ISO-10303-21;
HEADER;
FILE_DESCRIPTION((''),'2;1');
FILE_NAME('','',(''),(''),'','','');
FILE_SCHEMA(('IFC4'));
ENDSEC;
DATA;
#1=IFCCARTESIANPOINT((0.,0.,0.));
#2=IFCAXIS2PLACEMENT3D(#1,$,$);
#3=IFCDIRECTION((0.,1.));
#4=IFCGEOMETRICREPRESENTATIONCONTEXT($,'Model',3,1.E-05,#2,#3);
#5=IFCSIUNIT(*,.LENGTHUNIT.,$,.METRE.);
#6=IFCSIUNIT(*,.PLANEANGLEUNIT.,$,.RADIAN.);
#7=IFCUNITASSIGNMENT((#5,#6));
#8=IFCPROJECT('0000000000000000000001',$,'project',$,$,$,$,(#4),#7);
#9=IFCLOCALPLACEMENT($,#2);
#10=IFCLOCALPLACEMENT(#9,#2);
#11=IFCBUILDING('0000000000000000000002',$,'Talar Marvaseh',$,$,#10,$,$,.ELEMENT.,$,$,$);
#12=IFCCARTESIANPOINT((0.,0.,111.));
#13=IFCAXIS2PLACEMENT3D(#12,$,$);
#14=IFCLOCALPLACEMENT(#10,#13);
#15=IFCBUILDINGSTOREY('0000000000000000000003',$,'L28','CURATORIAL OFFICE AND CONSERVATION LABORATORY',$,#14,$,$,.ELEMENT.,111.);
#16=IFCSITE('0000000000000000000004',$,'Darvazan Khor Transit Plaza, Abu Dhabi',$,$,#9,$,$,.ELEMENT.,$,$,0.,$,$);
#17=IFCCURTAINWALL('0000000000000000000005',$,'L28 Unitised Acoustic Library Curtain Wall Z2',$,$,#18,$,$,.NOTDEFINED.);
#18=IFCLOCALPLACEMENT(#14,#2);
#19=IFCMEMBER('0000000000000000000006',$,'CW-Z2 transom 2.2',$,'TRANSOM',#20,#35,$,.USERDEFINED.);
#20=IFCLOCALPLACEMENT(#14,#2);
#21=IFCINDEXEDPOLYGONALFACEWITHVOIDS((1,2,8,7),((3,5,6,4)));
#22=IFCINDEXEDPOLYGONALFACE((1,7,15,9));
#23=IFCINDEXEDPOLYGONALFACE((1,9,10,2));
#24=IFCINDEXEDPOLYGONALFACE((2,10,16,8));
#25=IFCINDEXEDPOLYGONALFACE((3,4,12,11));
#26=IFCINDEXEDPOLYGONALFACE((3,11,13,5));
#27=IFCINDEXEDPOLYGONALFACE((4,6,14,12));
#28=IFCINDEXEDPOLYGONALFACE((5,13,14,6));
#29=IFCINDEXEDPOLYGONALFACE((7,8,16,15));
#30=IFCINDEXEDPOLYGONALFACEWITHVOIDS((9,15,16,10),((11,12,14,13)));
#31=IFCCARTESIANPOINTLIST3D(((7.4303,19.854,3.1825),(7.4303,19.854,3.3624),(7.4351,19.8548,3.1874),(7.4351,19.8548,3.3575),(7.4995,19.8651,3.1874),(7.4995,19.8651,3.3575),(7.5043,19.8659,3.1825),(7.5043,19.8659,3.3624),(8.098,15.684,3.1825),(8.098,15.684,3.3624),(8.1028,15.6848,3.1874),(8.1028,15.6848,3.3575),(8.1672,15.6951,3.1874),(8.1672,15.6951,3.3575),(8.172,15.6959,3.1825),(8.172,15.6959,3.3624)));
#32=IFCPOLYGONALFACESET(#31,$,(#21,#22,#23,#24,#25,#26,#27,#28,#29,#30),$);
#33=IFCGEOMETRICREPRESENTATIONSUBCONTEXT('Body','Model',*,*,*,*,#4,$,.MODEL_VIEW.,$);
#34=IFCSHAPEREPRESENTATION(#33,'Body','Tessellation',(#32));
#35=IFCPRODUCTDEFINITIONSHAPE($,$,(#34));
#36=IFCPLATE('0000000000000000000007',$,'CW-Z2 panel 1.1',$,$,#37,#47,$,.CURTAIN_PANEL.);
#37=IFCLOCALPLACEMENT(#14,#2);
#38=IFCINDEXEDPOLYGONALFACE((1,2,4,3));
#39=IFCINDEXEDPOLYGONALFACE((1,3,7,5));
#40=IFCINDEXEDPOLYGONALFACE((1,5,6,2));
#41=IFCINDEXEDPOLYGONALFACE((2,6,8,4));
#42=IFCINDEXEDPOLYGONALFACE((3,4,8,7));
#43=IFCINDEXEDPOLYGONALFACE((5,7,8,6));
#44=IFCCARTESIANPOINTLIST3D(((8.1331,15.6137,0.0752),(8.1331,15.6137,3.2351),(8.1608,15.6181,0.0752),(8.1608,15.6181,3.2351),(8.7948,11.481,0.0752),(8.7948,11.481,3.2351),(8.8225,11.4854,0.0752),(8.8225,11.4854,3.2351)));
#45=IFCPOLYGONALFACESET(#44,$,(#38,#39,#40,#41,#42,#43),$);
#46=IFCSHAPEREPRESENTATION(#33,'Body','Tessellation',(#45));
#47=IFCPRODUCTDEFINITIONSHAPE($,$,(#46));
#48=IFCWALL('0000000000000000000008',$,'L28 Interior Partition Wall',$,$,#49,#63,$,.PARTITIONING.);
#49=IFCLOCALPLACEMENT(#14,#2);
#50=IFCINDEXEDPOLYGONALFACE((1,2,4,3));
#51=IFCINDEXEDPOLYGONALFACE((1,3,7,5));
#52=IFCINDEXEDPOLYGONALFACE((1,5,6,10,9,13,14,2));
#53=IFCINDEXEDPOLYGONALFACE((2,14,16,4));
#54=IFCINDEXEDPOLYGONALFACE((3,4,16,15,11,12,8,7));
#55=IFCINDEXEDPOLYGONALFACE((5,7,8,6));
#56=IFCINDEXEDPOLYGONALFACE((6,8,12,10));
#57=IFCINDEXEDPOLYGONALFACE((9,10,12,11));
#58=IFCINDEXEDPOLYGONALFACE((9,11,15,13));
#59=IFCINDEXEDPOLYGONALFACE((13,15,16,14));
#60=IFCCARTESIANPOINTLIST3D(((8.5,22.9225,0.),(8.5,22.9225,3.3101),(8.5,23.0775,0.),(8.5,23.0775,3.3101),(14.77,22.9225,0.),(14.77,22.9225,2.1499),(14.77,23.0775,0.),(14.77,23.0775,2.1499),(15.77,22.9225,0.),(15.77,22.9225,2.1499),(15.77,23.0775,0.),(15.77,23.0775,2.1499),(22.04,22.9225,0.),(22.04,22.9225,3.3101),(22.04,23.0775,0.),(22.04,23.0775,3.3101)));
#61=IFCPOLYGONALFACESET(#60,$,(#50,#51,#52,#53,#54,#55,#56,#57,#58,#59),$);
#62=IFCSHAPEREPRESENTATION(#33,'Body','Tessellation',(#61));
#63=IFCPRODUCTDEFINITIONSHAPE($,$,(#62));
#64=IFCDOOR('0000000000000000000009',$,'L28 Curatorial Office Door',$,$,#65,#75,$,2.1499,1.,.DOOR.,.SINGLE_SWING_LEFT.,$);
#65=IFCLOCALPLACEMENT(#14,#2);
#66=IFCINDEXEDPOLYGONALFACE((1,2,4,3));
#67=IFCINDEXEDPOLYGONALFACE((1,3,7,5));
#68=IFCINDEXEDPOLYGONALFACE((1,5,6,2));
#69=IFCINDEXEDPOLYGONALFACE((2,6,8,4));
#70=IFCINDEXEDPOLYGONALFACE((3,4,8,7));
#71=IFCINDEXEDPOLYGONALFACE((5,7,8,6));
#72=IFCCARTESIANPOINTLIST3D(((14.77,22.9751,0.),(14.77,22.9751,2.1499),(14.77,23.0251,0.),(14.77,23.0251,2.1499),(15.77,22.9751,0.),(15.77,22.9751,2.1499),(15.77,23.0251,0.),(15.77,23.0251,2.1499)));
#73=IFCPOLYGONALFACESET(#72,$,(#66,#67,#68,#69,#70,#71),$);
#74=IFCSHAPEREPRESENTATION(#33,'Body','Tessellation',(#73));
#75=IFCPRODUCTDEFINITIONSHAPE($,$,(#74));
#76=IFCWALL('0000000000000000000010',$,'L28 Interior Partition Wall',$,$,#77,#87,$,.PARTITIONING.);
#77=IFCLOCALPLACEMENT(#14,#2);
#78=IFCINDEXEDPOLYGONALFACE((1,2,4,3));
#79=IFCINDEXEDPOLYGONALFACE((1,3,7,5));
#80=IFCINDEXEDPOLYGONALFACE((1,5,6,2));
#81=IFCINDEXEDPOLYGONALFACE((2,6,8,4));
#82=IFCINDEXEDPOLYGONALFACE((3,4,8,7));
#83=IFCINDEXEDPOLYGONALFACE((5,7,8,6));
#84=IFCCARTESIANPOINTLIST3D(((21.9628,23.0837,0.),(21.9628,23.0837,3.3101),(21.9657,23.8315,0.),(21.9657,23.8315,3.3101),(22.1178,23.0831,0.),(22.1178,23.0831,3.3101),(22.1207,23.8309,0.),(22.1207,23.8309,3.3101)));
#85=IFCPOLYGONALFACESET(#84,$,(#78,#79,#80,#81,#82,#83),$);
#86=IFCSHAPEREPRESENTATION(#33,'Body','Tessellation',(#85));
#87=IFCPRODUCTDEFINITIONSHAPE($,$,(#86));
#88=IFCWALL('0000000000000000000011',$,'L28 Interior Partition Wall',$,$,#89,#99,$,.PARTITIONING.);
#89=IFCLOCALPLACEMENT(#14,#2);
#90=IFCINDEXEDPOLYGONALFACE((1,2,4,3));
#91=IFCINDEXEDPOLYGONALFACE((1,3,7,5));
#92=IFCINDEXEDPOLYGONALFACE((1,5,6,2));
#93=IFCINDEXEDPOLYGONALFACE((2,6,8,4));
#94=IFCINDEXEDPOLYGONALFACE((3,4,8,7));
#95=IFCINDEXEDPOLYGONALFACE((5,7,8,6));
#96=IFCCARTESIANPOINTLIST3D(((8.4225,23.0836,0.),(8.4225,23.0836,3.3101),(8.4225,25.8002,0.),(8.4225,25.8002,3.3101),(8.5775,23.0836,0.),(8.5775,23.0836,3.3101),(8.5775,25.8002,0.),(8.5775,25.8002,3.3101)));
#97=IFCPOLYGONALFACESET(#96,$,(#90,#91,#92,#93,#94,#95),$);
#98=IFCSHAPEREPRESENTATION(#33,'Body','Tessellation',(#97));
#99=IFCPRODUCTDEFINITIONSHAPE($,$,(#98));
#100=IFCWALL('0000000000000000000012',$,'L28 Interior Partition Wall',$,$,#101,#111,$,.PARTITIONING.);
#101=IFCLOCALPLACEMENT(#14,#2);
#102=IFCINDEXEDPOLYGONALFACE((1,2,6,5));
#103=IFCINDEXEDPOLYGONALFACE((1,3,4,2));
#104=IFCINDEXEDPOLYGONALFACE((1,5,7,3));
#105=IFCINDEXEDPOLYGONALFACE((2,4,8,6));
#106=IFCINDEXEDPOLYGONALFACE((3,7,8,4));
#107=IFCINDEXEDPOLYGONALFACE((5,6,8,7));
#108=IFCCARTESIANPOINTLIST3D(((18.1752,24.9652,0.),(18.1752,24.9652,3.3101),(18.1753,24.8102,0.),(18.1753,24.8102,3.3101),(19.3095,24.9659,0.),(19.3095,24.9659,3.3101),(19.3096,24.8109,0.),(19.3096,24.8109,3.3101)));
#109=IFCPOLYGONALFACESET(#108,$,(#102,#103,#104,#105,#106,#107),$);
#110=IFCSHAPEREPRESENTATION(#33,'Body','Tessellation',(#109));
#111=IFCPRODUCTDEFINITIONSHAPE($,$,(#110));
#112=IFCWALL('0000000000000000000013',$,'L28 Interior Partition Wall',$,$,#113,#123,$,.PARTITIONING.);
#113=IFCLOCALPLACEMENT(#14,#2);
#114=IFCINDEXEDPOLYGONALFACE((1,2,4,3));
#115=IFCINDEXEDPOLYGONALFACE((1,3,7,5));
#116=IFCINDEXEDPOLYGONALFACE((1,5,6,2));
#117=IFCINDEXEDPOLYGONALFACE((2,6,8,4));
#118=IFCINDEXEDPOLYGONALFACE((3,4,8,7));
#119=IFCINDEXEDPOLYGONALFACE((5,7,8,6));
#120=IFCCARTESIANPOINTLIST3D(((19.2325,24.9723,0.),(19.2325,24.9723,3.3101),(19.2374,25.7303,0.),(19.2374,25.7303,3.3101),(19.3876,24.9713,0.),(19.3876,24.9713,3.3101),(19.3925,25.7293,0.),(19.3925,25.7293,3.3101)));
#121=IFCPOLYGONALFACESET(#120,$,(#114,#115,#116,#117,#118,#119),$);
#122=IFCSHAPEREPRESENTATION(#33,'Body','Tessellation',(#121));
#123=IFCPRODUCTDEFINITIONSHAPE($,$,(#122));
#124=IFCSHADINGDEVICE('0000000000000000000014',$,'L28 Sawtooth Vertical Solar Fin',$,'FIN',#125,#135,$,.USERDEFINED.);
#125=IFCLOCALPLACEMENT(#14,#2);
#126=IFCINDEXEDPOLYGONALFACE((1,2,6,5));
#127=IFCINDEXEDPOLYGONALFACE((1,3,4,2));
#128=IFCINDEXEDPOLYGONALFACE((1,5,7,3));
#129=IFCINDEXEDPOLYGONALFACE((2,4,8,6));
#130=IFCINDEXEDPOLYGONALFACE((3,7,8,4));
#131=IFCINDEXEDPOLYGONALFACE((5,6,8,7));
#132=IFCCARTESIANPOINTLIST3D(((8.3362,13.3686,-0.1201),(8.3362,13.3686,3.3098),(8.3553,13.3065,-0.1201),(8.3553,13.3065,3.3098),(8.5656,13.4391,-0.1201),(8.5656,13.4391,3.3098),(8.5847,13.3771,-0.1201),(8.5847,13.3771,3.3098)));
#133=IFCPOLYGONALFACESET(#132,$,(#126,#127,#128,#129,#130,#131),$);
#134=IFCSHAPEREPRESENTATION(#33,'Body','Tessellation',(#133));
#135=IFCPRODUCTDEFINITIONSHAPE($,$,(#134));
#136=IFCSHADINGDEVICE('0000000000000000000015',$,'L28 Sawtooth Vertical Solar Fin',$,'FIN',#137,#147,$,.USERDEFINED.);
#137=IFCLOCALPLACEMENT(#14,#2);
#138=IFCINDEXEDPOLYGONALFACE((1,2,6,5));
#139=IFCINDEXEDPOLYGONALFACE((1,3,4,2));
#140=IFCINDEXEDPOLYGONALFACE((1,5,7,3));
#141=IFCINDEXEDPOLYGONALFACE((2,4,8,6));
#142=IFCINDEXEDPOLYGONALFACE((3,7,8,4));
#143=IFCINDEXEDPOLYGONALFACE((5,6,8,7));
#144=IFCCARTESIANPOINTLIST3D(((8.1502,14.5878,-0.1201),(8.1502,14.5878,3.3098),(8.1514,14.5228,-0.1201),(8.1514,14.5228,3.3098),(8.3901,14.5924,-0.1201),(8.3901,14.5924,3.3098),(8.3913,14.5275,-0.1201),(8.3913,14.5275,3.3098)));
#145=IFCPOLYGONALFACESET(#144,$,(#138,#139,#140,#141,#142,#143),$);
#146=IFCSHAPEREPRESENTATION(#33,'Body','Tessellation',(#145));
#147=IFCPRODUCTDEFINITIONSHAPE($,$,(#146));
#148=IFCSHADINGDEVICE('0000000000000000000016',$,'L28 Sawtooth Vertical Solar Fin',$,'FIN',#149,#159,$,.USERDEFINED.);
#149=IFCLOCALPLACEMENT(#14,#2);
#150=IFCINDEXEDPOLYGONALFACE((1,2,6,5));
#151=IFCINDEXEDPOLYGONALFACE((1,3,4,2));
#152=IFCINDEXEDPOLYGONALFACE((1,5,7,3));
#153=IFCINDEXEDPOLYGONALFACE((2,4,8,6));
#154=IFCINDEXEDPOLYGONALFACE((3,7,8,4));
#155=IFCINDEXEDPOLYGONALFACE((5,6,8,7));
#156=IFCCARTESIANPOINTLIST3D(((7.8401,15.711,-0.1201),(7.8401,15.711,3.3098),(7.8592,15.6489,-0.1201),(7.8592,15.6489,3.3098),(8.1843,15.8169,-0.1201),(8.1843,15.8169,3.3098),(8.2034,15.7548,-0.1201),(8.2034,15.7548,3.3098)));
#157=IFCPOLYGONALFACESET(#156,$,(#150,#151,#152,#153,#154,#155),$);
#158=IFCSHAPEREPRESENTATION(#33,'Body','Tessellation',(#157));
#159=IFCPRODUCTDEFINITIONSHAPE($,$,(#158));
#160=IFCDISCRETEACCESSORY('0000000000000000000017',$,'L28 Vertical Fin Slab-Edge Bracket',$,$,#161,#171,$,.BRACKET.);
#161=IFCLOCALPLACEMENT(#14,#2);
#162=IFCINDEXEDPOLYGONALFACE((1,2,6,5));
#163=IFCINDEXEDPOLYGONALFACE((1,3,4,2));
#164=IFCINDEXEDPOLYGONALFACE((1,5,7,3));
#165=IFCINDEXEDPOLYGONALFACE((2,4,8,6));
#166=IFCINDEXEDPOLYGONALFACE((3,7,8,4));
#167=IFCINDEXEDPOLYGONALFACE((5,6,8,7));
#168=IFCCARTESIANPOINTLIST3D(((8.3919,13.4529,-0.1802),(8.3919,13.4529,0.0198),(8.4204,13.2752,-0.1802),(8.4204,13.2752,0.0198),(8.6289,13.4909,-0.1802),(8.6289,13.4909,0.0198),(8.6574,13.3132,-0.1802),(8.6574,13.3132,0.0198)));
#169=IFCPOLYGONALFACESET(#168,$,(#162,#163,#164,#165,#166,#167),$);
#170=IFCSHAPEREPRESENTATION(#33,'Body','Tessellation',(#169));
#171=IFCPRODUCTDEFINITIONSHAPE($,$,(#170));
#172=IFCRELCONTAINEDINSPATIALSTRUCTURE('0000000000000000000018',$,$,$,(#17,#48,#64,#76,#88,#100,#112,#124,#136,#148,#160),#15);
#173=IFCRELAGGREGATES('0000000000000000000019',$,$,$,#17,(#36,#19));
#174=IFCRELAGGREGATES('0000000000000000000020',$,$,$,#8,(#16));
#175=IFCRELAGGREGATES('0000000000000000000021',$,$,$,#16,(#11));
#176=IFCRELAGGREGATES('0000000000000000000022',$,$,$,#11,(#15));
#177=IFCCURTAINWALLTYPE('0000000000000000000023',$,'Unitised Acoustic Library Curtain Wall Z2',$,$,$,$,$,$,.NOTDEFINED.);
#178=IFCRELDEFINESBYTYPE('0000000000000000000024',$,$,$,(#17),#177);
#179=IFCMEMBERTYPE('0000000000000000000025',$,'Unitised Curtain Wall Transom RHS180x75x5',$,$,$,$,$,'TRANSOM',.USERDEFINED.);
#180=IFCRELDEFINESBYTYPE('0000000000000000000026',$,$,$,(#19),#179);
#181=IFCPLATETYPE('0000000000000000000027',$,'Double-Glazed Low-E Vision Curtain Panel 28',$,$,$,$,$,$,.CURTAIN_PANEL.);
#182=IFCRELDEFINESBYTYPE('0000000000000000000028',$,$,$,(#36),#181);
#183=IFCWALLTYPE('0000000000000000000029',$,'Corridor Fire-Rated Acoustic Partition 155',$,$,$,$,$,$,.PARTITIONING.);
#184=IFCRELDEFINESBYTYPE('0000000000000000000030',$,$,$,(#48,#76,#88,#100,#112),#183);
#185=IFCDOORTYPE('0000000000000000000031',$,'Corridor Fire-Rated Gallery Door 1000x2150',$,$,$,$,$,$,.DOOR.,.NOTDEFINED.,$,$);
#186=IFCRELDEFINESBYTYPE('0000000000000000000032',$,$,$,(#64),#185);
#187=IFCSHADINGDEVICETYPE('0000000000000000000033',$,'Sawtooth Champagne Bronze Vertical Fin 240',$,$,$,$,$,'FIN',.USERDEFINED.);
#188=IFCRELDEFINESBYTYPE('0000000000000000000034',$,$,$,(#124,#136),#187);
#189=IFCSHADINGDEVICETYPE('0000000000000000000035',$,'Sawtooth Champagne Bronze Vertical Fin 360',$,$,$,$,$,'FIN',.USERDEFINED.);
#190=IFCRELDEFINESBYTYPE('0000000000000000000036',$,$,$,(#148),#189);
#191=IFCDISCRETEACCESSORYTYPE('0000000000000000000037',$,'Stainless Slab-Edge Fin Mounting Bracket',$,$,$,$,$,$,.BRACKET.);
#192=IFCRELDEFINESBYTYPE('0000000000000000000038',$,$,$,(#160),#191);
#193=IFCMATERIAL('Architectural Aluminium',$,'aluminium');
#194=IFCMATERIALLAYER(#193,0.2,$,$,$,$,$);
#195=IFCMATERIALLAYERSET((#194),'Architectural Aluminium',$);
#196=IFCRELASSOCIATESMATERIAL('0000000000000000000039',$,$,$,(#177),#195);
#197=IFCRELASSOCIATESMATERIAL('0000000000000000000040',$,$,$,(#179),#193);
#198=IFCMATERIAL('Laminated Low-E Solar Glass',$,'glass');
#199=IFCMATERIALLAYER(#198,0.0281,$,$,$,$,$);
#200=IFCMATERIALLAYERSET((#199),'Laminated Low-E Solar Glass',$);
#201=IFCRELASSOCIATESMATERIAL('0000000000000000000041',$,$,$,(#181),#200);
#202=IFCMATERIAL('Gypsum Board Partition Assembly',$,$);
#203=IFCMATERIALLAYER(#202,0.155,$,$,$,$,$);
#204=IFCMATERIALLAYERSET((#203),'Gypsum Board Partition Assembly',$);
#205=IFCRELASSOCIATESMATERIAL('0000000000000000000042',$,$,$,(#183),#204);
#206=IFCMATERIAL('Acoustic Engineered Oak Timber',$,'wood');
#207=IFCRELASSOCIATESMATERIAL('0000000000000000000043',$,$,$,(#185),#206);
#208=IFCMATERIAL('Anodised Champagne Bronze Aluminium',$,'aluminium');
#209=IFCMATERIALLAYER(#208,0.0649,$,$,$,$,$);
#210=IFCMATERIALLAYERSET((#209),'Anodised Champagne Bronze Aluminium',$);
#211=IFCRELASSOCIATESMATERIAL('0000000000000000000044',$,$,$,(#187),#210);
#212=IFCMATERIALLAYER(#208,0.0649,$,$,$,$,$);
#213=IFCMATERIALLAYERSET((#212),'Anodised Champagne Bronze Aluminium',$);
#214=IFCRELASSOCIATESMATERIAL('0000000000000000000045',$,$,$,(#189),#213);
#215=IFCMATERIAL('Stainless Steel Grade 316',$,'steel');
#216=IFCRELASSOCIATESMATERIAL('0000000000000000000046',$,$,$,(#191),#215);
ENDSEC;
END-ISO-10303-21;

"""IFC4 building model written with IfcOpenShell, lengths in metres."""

from ifc_helpers import new_model, si_unit, direction, frame, frame_2d, origin, origin_2d, place, context, subcontext, project, spatial, rectangle, hollow_rectangle, extrude, source, transform, mapped, material, layer, layer_set, material_profile, profile_set, type_object, type_shapes, element, fill, aggregate, save


model = new_model("IFC4")

# Units and contexts
model_context = context("Model", 3, precision=1e-05, world=origin(), true_north=direction((0.0, 1.0)))
body_context = subcontext(model_context, "Body", "Model", "MODEL_VIEW")
ifc_project = project(units=[si_unit("LENGTHUNIT", "METRE"), si_unit("PLANEANGLEUNIT", "RADIAN")], contexts=[model_context])

# Site, building, storey
site_placement = place(None, origin())
site = spatial("IfcSite", under=ifc_project, at=site_placement, Name="Darvazan Khor Transit Plaza, Abu Dhabi", CompositionType="ELEMENT", RefElevation=0.0)
building_placement = place(site_placement, origin())
building = spatial("IfcBuilding", under=site, at=building_placement, Name="Talar Marvaseh", CompositionType="ELEMENT")
storey_placement = place(building_placement, frame((0.0, 0.0, 111.0)))
storey = spatial("IfcBuildingStorey", under=building, at=storey_placement, Name="L28", Description="CURATORIAL OFFICE AND CONSERVATION LABORATORY", CompositionType="ELEMENT", Elevation=111.0)

# Curtain wall, member, plate
ifc_material_1 = material(Name="Architectural Aluminium", Category="aluminium")
ifc_layer_1 = layer(ifc_material_1, 0.2)
ifc_layer_set_1 = layer_set([ifc_layer_1], Name="Architectural Aluminium")
curtain_wall_type = type_object("IfcCurtainWallType", Name="Unitised Acoustic Library Curtain Wall Z2", PredefinedType="NOTDEFINED", material=ifc_layer_set_1)
curtain_wall_placement = place(storey_placement, origin())
curtain_wall = element("IfcCurtainWall", 1, at=curtain_wall_placement, inside=storey, type_object=curtain_wall_type, Name="L28 Unitised Acoustic Library Curtain Wall Z2", PredefinedType="NOTDEFINED")
ifc_material_profile_1 = material_profile(ifc_material_1, hollow_rectangle(XDim=0.075, YDim=0.1799, WallThickness=0.0049, at=origin_2d()), Name="RHS180x75x5")
ifc_profile_set_1 = profile_set([ifc_material_profile_1], Name="Architectural Aluminium")
member_type_1 = type_object("IfcMemberType", Name="Unitised Curtain Wall Transom RHS180x75x5", ElementType="TRANSOM", PredefinedType="USERDEFINED", material=ifc_profile_set_1)
shared_shape_1 = source(origin(), body_context, "Body", "SweptSolid", [
    extrude(hollow_rectangle(XDim=0.075, YDim=0.1799, WallThickness=0.0049, at=origin_2d()), origin(), (0.0, 0.0, 1.0), 4.2231),
])
type_shapes(member_type_1, [shared_shape_1])
member_1_placement = place(storey_placement, frame((8.135, 15.6899, 3.2725), z_axis=(-0.158115, 0.987421, 0.0), x_axis=(-0.987421, -0.158115, 0.0)))
member_1 = element("IfcMember", 2, at=member_1_placement, type_object=member_type_1, Name="CW-Z2 transom 2.2", ObjectType="TRANSOM", PredefinedType="USERDEFINED", context=body_context, shape_type="MappedRepresentation", body=[
    mapped(shared_shape_1, transform((0.0, 0.0, 0.0), x_axis=(1.0, 0.0, 0.0), y_axis=(0.0, 1.0, 0.0), z_axis=(0.0, 0.0, 1.0), scale=1.0)),
])
ifc_material_2 = material(Name="Laminated Low-E Solar Glass", Category="glass")
ifc_layer_2 = layer(ifc_material_2, 0.0281)
ifc_layer_set_2 = layer_set([ifc_layer_2], Name="Laminated Low-E Solar Glass")
plate_type = type_object("IfcPlateType", Name="Double-Glazed Low-E Vision Curtain Panel 28", PredefinedType="CURTAIN_PANEL", material=ifc_layer_set_2)
shared_shape_2 = source(origin(), body_context, "Body", "SweptSolid", [
    extrude(rectangle(XDim=4.1853, YDim=0.0281, at=origin_2d()), origin(), (0.0, 0.0, 1.0), 3.1599),
])
type_shapes(plate_type, [shared_shape_2])
plate_placement = place(storey_placement, frame((8.4778, 13.5496, 0.0752), z_axis=(0.0, 0.0, 1.0), x_axis=(-0.158095, 0.987424, 0.0)))
plate = element("IfcPlate", 3, at=plate_placement, type_object=plate_type, Name="CW-Z2 panel 1.1", PredefinedType="CURTAIN_PANEL", context=body_context, shape_type="MappedRepresentation", body=[
    mapped(shared_shape_2, transform((0.0, 0.0, 0.0), x_axis=(1.0, 0.0, 0.0), y_axis=(0.0, 1.0, 0.0), z_axis=(0.0, 0.0, 1.0), scale=1.0)),
])
aggregate(curtain_wall, [plate, member_1])

# Wall, opening, door
ifc_material_3 = material(Name="Gypsum Board Partition Assembly")
ifc_layer_3 = layer(ifc_material_3, 0.155)
ifc_layer_set_3 = layer_set([ifc_layer_3], Name="Gypsum Board Partition Assembly")
wall_type = type_object("IfcWallType", Name="Corridor Fire-Rated Acoustic Partition 155", PredefinedType="PARTITIONING", material=ifc_layer_set_3)
wall_1_placement = place(storey_placement, frame((22.04, 23.0, 0.0), z_axis=(0.0, 0.0, 1.0), x_axis=(-1.0, 0.0, 0.0)))
wall_1 = element("IfcWall", 4, at=wall_1_placement, inside=storey, type_object=wall_type, Name="L28 Interior Partition Wall", PredefinedType="PARTITIONING", context=body_context, shape_type="SweptSolid", body=[
    extrude(rectangle(XDim=13.54, YDim=0.155, at=frame_2d((6.77, 0.0))), origin(), (0.0, 0.0, 1.0), 3.3101),
])
opening_placement = place(wall_1_placement, frame((6.27, 0.0, 0.0)))
opening = element("IfcOpeningElement", 5, at=opening_placement, cuts=wall_1, PredefinedType="OPENING", context=body_context, shape_type="SweptSolid", body=[
    extrude(rectangle(XDim=1.0, YDim=2.1499, at=frame_2d((0.5, 1.075))), frame((0.0, 0.0874, 0.0), z_axis=(0.0, -1.0, 0.0), x_axis=(1.0, 0.0, 0.0)), (0.0, 0.0, 1.0), 0.175),
])
ifc_material_4 = material(Name="Acoustic Engineered Oak Timber", Category="wood")
door_type = type_object("IfcDoorType", Name="Corridor Fire-Rated Gallery Door 1000x2150", OperationType="NOTDEFINED", PredefinedType="DOOR", material=ifc_material_4)
shared_shape_3 = source(origin(), body_context, "Body", "SweptSolid", [
    extrude(rectangle(XDim=1.0, YDim=2.1499, at=frame_2d((0.5, 1.075))), frame((0.0, 0.0249, 0.0), z_axis=(0.0, -1.0, 0.0), x_axis=(1.0, 0.0, 0.0)), (0.0, 0.0, 1.0), 0.05),
])
type_shapes(door_type, [shared_shape_3])
door_placement = place(opening_placement, origin())
door = element("IfcDoor", 6, at=door_placement, inside=storey, type_object=door_type, Name="L28 Curatorial Office Door", OperationType="SINGLE_SWING_LEFT", OverallHeight=2.1499, OverallWidth=1.0, PredefinedType="DOOR", context=body_context, shape_type="MappedRepresentation", body=[
    mapped(shared_shape_3, transform((0.0, 0.0, 0.0), x_axis=(1.0, 0.0, 0.0), y_axis=(0.0, 1.0, 0.0), z_axis=(0.0, 0.0, 1.0), scale=1.0)),
])
fill(opening, door)

# Walls
wall_2_placement = place(storey_placement, frame((22.0432, 23.8313, 0.0), z_axis=(0.0, 0.0, 1.0), x_axis=(-0.003918, -0.999992, 0.0)))
element("IfcWall", 7, at=wall_2_placement, inside=storey, type_object=wall_type, Name="L28 Interior Partition Wall", PredefinedType="PARTITIONING", context=body_context, shape_type="SweptSolid", body=[
    extrude(rectangle(XDim=0.7478, YDim=0.155, at=frame_2d((0.374, 0.0))), origin(), (0.0, 0.0, 1.0), 3.3101),
])
wall_3_placement = place(storey_placement, frame((8.5, 23.0835, 0.0), z_axis=(0.0, 0.0, 1.0), x_axis=(0.0, 1.0, 0.0)))
element("IfcWall", 8, at=wall_3_placement, inside=storey, type_object=wall_type, Name="L28 Interior Partition Wall", PredefinedType="PARTITIONING", context=body_context, shape_type="SweptSolid", body=[
    extrude(rectangle(XDim=2.7166, YDim=0.155, at=frame_2d((1.3584, 0.0))), origin(), (0.0, 0.0, 1.0), 3.3101),
])
wall_4_placement = place(storey_placement, frame((18.1753, 24.8877, 0.0), z_axis=(0.0, 0.0, 1.0), x_axis=(1.0, 0.000646, 0.0)))
element("IfcWall", 9, at=wall_4_placement, inside=storey, type_object=wall_type, Name="L28 Interior Partition Wall", PredefinedType="PARTITIONING", context=body_context, shape_type="SweptSolid", body=[
    extrude(rectangle(XDim=1.1343, YDim=0.155, at=frame_2d((0.5671, 0.0))), origin(), (0.0, 0.0, 1.0), 3.3101),
])
wall_5_placement = place(storey_placement, frame((19.3101, 24.9719, 0.0), z_axis=(0.0, 0.0, 1.0), x_axis=(0.006441, 0.999979, 0.0)))
element("IfcWall", 10, at=wall_5_placement, inside=storey, type_object=wall_type, Name="L28 Interior Partition Wall", PredefinedType="PARTITIONING", context=body_context, shape_type="SweptSolid", body=[
    extrude(rectangle(XDim=0.7581, YDim=0.155, at=frame_2d((0.3789, 0.0))), origin(), (0.0, 0.0, 1.0), 3.3101),
])

# Shading devices
ifc_material_5 = material(Name="Anodised Champagne Bronze Aluminium", Category="aluminium")
ifc_layer_4 = layer(ifc_material_5, 0.0649)
ifc_layer_set_4 = layer_set([ifc_layer_4], Name="Anodised Champagne Bronze Aluminium")
shading_device_type_1 = type_object("IfcShadingDeviceType", Name="Sawtooth Champagne Bronze Vertical Fin 240", ElementType="FIN", PredefinedType="USERDEFINED", material=ifc_layer_set_4)
shared_shape_4 = source(origin(), body_context, "Body", "SweptSolid", [
    extrude(rectangle(XDim=0.24, YDim=0.0649, at=origin_2d()), origin(), (0.0, 0.0, 1.0), 3.4299),
])
type_shapes(shading_device_type_1, [shared_shape_4])
for number, where, z_axis, x_axis, name in (
    (11, (8.4604, 13.3728, -0.1201), (0.0, 0.0, 1.0), (-0.955793, -0.29404, 0.0), "L28 Sawtooth Vertical Solar Fin"),
    (12, (8.2708, 14.5576, -0.1201), (0.0, 0.0, 1.0), (-0.999816, -0.019197, 0.0), "L28 Sawtooth Vertical Solar Fin"),
):
    element("IfcShadingDevice", number, at=place(storey_placement, frame(where, z_axis=z_axis, x_axis=x_axis)), inside=storey, type_object=shading_device_type_1, Name=name, ObjectType="FIN", PredefinedType="USERDEFINED", context=body_context, shape_type="MappedRepresentation", body=[
        mapped(shared_shape_4, transform((0.0, 0.0, 0.0), x_axis=(1.0, 0.0, 0.0), y_axis=(0.0, 1.0, 0.0), z_axis=(0.0, 0.0, 1.0), scale=1.0)),
    ])
ifc_layer_5 = layer(ifc_material_5, 0.0649)
ifc_layer_set_5 = layer_set([ifc_layer_5], Name="Anodised Champagne Bronze Aluminium")
shading_device_type_2 = type_object("IfcShadingDeviceType", Name="Sawtooth Champagne Bronze Vertical Fin 360", ElementType="FIN", PredefinedType="USERDEFINED", material=ifc_layer_set_5)
shared_shape_5 = source(origin(), body_context, "Body", "SweptSolid", [
    extrude(rectangle(XDim=0.3601, YDim=0.0649, at=origin_2d()), origin(), (0.0, 0.0, 1.0), 3.4299),
])
type_shapes(shading_device_type_2, [shared_shape_5])
shading_device_placement = place(storey_placement, frame((8.0217, 15.7329, -0.1201), z_axis=(0.0, 0.0, 1.0), x_axis=(-0.955793, -0.29404, 0.0)))
element("IfcShadingDevice", 13, at=shading_device_placement, inside=storey, type_object=shading_device_type_2, Name="L28 Sawtooth Vertical Solar Fin", ObjectType="FIN", PredefinedType="USERDEFINED", context=body_context, shape_type="MappedRepresentation", body=[
    mapped(shared_shape_5, transform((0.0, 0.0, 0.0), x_axis=(1.0, 0.0, 0.0), y_axis=(0.0, 1.0, 0.0), z_axis=(0.0, 0.0, 1.0), scale=1.0)),
])

# Discrete accessory
ifc_material_6 = material(Name="Stainless Steel Grade 316", Category="steel")
discrete_accessory_type = type_object("IfcDiscreteAccessoryType", Name="Stainless Slab-Edge Fin Mounting Bracket", PredefinedType="BRACKET", material=ifc_material_6)
shared_shape_6 = source(origin(), body_context, "Body", "SweptSolid", [
    extrude(rectangle(XDim=0.24, YDim=0.1799, at=origin_2d()), origin(), (0.0, 0.0, 1.0), 0.2),
])
type_shapes(discrete_accessory_type, [shared_shape_6])
for number, where, z_axis, x_axis, name in (
    (14, (8.5247, 13.3831, -0.1802), (0.0, 0.0, 1.0), (-0.987414, -0.158158, 0.0), "L28 Vertical Fin Slab-Edge Bracket"),
):
    element("IfcDiscreteAccessory", number, at=place(storey_placement, frame(where, z_axis=z_axis, x_axis=x_axis)), inside=storey, type_object=discrete_accessory_type, Name=name, PredefinedType="BRACKET", context=body_context, shape_type="MappedRepresentation", body=[
        mapped(shared_shape_6, transform((0.0, 0.0, 0.0), x_axis=(1.0, 0.0, 0.0), y_axis=(0.0, 1.0, 0.0), z_axis=(0.0, 0.0, 1.0), scale=1.0)),
    ])

save(model, "model.ifc")
